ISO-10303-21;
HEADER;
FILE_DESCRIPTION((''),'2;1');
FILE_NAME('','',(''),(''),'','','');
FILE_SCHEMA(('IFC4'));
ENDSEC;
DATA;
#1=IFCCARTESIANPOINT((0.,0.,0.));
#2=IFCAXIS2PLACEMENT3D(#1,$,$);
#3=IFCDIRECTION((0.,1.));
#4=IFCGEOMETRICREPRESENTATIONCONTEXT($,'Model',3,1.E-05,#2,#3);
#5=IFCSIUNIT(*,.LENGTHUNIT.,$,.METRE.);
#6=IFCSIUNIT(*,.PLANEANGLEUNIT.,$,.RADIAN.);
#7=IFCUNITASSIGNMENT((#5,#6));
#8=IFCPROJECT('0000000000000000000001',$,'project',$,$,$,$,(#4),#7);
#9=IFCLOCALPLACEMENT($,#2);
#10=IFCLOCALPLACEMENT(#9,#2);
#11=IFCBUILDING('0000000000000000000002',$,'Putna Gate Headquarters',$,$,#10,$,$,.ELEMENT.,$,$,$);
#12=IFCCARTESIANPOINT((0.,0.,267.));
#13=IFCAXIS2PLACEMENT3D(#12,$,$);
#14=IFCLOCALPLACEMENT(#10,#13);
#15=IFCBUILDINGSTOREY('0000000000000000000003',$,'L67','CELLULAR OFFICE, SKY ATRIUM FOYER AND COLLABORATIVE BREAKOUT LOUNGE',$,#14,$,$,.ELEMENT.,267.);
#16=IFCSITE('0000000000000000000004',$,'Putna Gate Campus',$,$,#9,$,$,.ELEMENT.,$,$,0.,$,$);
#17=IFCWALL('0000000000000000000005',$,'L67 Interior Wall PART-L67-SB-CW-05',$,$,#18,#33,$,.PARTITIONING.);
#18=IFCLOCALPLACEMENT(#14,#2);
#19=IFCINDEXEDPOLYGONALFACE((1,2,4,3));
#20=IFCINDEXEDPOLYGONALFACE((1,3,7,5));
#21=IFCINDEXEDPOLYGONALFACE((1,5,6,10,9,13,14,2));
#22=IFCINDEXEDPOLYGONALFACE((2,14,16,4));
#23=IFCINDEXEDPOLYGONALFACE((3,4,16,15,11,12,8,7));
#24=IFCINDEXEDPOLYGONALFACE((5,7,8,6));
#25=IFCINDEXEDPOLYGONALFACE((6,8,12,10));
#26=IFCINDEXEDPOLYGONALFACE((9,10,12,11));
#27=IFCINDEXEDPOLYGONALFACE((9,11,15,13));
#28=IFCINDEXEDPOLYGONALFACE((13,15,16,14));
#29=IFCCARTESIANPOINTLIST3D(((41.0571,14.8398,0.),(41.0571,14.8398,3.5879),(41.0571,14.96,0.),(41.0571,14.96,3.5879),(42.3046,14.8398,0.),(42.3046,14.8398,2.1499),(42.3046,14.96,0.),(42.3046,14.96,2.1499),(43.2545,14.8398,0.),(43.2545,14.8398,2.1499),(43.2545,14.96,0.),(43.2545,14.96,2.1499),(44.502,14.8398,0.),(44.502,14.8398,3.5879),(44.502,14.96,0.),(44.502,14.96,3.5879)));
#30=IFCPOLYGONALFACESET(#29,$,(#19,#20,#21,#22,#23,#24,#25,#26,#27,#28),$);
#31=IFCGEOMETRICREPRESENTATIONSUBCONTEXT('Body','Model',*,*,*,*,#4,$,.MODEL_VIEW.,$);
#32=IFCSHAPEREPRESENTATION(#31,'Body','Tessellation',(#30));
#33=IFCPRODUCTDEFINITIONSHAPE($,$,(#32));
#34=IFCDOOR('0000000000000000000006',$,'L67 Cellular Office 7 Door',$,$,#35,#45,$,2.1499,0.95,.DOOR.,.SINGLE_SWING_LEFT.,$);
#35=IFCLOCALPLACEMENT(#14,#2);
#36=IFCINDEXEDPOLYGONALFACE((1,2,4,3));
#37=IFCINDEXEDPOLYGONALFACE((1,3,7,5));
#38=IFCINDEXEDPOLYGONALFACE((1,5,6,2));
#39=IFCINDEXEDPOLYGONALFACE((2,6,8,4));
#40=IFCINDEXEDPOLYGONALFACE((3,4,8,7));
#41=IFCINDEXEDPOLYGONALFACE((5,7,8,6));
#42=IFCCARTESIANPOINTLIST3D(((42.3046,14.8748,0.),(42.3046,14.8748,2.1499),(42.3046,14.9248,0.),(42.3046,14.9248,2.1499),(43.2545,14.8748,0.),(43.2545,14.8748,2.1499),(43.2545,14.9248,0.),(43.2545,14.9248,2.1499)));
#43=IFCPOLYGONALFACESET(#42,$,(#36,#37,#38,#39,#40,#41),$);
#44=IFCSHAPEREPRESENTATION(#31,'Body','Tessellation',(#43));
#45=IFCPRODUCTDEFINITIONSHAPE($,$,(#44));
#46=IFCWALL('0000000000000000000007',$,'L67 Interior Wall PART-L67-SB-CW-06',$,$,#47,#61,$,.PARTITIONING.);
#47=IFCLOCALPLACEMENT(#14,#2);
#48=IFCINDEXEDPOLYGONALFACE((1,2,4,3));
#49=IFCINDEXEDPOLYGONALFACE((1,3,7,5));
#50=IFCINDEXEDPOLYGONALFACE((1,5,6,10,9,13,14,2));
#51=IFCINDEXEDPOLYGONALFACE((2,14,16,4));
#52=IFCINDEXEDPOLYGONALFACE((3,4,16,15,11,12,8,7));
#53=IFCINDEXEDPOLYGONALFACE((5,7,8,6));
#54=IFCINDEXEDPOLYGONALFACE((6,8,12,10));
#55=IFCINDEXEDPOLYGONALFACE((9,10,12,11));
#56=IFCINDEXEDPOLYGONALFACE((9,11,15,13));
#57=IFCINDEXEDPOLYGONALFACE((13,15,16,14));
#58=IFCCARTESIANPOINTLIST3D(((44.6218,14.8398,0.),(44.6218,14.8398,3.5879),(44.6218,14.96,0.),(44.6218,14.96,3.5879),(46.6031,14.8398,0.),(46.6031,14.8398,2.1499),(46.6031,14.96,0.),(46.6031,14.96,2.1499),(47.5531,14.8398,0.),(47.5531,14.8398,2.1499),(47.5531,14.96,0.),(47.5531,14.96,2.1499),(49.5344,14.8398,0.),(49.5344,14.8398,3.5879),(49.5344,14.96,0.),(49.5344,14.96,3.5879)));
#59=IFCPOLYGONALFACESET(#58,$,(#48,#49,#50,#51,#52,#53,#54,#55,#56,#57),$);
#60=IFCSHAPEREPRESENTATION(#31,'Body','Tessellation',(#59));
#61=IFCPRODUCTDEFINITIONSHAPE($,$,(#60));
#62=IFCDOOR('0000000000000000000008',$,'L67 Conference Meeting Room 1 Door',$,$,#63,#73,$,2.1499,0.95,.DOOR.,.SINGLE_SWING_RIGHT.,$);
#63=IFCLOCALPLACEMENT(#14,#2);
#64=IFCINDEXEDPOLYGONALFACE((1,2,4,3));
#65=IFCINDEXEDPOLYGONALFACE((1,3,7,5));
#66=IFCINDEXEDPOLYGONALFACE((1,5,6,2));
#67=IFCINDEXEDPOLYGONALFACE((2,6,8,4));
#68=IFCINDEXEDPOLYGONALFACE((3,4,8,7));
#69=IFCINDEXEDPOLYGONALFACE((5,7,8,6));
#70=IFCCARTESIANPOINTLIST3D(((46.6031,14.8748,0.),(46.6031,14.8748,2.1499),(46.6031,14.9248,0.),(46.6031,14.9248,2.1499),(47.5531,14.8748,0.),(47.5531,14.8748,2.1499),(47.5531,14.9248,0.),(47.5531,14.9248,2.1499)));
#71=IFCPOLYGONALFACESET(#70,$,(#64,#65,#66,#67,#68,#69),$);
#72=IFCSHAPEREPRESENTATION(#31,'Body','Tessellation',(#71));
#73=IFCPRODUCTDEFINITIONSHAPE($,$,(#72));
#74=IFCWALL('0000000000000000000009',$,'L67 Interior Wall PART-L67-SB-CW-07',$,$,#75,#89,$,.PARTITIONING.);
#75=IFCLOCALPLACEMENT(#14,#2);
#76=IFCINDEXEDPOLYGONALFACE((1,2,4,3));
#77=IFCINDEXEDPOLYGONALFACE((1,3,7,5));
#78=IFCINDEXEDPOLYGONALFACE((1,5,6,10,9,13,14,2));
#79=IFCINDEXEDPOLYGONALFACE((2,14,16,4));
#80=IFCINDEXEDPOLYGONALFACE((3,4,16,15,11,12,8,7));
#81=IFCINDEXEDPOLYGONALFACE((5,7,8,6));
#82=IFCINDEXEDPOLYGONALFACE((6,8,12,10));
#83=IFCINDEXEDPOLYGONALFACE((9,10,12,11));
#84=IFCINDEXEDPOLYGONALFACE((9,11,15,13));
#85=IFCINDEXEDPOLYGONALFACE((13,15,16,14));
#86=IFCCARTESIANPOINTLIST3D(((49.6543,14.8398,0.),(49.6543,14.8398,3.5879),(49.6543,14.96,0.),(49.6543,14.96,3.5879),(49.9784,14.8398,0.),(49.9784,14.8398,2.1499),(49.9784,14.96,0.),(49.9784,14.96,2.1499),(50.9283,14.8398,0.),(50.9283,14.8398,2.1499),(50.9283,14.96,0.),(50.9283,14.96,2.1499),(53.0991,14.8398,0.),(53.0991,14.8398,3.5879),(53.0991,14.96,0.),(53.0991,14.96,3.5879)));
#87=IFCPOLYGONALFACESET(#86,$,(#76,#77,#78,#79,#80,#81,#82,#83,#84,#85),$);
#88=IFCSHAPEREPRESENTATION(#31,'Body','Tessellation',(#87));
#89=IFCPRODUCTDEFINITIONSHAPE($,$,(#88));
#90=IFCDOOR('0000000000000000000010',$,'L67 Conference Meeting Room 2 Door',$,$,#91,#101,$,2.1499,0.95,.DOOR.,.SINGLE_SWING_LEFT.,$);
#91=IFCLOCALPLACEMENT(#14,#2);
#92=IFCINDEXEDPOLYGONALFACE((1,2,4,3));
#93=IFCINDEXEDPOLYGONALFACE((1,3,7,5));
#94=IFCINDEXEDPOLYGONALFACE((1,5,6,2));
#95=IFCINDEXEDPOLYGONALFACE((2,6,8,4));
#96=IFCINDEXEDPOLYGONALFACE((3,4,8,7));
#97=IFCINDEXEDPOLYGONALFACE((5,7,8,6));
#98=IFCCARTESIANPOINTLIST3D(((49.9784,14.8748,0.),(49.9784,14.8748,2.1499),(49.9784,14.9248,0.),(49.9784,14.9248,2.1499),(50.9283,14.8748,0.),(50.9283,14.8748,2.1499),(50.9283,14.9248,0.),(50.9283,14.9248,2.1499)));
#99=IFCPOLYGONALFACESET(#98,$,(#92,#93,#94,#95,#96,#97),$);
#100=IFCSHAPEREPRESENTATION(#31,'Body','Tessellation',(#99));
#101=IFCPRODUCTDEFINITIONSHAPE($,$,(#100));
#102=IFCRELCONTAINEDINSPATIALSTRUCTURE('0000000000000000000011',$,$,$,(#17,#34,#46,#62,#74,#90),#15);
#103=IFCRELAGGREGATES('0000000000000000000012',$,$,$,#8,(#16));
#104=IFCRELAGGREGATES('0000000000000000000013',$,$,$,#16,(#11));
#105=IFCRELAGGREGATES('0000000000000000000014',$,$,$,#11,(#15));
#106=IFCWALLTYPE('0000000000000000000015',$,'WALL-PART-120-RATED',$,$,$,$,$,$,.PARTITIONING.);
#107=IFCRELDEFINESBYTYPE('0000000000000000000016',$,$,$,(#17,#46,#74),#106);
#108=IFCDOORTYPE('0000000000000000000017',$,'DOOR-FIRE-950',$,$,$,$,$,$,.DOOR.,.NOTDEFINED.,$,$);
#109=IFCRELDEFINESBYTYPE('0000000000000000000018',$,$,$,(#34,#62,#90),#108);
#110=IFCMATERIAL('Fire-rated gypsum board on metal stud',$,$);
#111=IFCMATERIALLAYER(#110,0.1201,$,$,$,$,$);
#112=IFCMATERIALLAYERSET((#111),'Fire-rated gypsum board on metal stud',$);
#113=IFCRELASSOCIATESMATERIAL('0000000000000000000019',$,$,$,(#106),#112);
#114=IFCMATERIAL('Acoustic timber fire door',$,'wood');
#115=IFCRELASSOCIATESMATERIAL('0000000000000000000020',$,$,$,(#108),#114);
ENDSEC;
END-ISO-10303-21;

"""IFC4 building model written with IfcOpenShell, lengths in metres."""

from ifc_helpers import new_model, si_unit, direction, frame, frame_2d, origin, place, context, subcontext, project, spatial, rectangle, extrude, material, layer, layer_set, type_object, element, fill, save


model = new_model("IFC4")

# Units and contexts
model_context = context("Model", 3, precision=1e-05, world=origin(), true_north=direction((0.0, 1.0)))
body_context = subcontext(model_context, "Body", "Model", "MODEL_VIEW")
ifc_project = project(units=[si_unit("LENGTHUNIT", "METRE"), si_unit("PLANEANGLEUNIT", "RADIAN")], contexts=[model_context])

# Site, building, storey
site_placement = place(None, origin())
site = spatial("IfcSite", under=ifc_project, at=site_placement, Name="Putna Gate Campus", CompositionType="ELEMENT", RefElevation=0.0)
building_placement = place(site_placement, origin())
building = spatial("IfcBuilding", under=site, at=building_placement, Name="Putna Gate Headquarters", CompositionType="ELEMENT")
storey_placement = place(building_placement, frame((0.0, 0.0, 267.0)))
storey = spatial("IfcBuildingStorey", under=building, at=storey_placement, Name="L67", Description="CELLULAR OFFICE, SKY ATRIUM FOYER AND COLLABORATIVE BREAKOUT LOUNGE", CompositionType="ELEMENT", Elevation=267.0)

# Walls, openings, doors
ifc_material_1 = material(Name="Fire-rated gypsum board on metal stud")
ifc_layer_1 = layer(ifc_material_1, 0.1201)
ifc_layer_set_1 = layer_set([ifc_layer_1], Name="Fire-rated gypsum board on metal stud")
wall_type_1 = type_object("IfcWallType", Name="WALL-PART-120-RATED", PredefinedType="PARTITIONING", material=ifc_layer_set_1)
wall_1_placement = place(storey_placement, frame((41.0571, 14.8999, 0.0), z_axis=(0.0, 0.0, 1.0), x_axis=(1.0, 0.0, 0.0)))
wall_1 = element("IfcWall", 1, at=wall_1_placement, inside=storey, type_object=wall_type_1, Name="L67 Interior Wall PART-L67-SB-CW-05", PredefinedType="PARTITIONING", context=body_context, shape_type="SweptSolid", body=[
    extrude(rectangle(XDim=3.4448, YDim=0.1201, at=frame_2d((1.7224, 0.0))), origin(), (0.0, 0.0, 1.0), 3.5879),
])
opening_1_placement = place(wall_1_placement, frame((1.2473, 0.0, 0.0)))
opening_1 = element("IfcOpeningElement", 2, at=opening_1_placement, cuts=wall_1, PredefinedType="OPENING", context=body_context, shape_type="SweptSolid", body=[
    extrude(rectangle(XDim=0.95, YDim=2.1499, at=frame_2d((0.4751, 1.075))), frame((0.0, 0.0701, 0.0), z_axis=(0.0, -1.0, 0.0), x_axis=(1.0, 0.0, 0.0)), (0.0, 0.0, 1.0), 0.1401),
])
ifc_material_2 = material(Name="Acoustic timber fire door", Category="wood")
door_type = type_object("IfcDoorType", Name="DOOR-FIRE-950", OperationType="NOTDEFINED", PredefinedType="DOOR", material=ifc_material_2)
door_1_placement = place(opening_1_placement, origin())
door_1 = element("IfcDoor", 3, at=door_1_placement, inside=storey, type_object=door_type, Name="L67 Cellular Office 7 Door", OperationType="SINGLE_SWING_LEFT", OverallHeight=2.1499, OverallWidth=0.95, PredefinedType="DOOR", context=body_context, shape_type="SweptSolid", body=[
    extrude(rectangle(XDim=0.95, YDim=2.1499, at=frame_2d((0.4751, 1.075))), frame((0.0, 0.0249, 0.0), z_axis=(0.0, -1.0, 0.0), x_axis=(1.0, 0.0, 0.0)), (0.0, 0.0, 1.0), 0.05),
])
fill(opening_1, door_1)
wall_2_placement = place(storey_placement, frame((44.6218, 14.8999, 0.0), z_axis=(0.0, 0.0, 1.0), x_axis=(1.0, 0.0, 0.0)))
wall_2 = element("IfcWall", 4, at=wall_2_placement, inside=storey, type_object=wall_type_1, Name="L67 Interior Wall PART-L67-SB-CW-06", PredefinedType="PARTITIONING", context=body_context, shape_type="SweptSolid", body=[
    extrude(rectangle(XDim=4.9126, YDim=0.1201, at=frame_2d((2.4563, 0.0))), origin(), (0.0, 0.0, 1.0), 3.5879),
])
opening_2_placement = place(wall_2_placement, frame((1.9812, 0.0, 0.0)))
opening_2 = element("IfcOpeningElement", 5, at=opening_2_placement, cuts=wall_2, PredefinedType="OPENING", context=body_context, shape_type="SweptSolid", body=[
    extrude(rectangle(XDim=0.95, YDim=2.1499, at=frame_2d((0.4751, 1.075))), frame((0.0, 0.0701, 0.0), z_axis=(0.0, -1.0, 0.0), x_axis=(1.0, 0.0, 0.0)), (0.0, 0.0, 1.0), 0.1401),
])
door_2_placement = place(opening_2_placement, origin())
door_2 = element("IfcDoor", 6, at=door_2_placement, inside=storey, type_object=door_type, Name="L67 Conference Meeting Room 1 Door", OperationType="SINGLE_SWING_RIGHT", OverallHeight=2.1499, OverallWidth=0.95, PredefinedType="DOOR", context=body_context, shape_type="SweptSolid", body=[
    extrude(rectangle(XDim=0.95, YDim=2.1499, at=frame_2d((0.4751, 1.075))), frame((0.0, 0.0249, 0.0), z_axis=(0.0, -1.0, 0.0), x_axis=(1.0, 0.0, 0.0)), (0.0, 0.0, 1.0), 0.05),
])
fill(opening_2, door_2)
wall_3_placement = place(storey_placement, frame((49.6543, 14.8999, 0.0), z_axis=(0.0, 0.0, 1.0), x_axis=(1.0, 0.0, 0.0)))
wall_3 = element("IfcWall", 7, at=wall_3_placement, inside=storey, type_object=wall_type_1, Name="L67 Interior Wall PART-L67-SB-CW-07", PredefinedType="PARTITIONING", context=body_context, shape_type="SweptSolid", body=[
    extrude(rectangle(XDim=3.4448, YDim=0.1201, at=frame_2d((1.7224, 0.0))), origin(), (0.0, 0.0, 1.0), 3.5879),
])
opening_3_placement = place(wall_3_placement, frame((0.324, 0.0, 0.0)))
opening_3 = element("IfcOpeningElement", 8, at=opening_3_placement, cuts=wall_3, PredefinedType="OPENING", context=body_context, shape_type="SweptSolid", body=[
    extrude(rectangle(XDim=0.95, YDim=2.1499, at=frame_2d((0.4751, 1.075))), frame((0.0, 0.0701, 0.0), z_axis=(0.0, -1.0, 0.0), x_axis=(1.0, 0.0, 0.0)), (0.0, 0.0, 1.0), 0.1401),
])
door_3_placement = place(opening_3_placement, origin())
door_3 = element("IfcDoor", 9, at=door_3_placement, inside=storey, type_object=door_type, Name="L67 Conference Meeting Room 2 Door", OperationType="SINGLE_SWING_LEFT", OverallHeight=2.1499, OverallWidth=0.95, PredefinedType="DOOR", context=body_context, shape_type="SweptSolid", body=[
    extrude(rectangle(XDim=0.95, YDim=2.1499, at=frame_2d((0.4751, 1.075))), frame((0.0, 0.0249, 0.0), z_axis=(0.0, -1.0, 0.0), x_axis=(1.0, 0.0, 0.0)), (0.0, 0.0, 1.0), 0.05),
])
fill(opening_3, door_3)

save(model, "model.ifc")
